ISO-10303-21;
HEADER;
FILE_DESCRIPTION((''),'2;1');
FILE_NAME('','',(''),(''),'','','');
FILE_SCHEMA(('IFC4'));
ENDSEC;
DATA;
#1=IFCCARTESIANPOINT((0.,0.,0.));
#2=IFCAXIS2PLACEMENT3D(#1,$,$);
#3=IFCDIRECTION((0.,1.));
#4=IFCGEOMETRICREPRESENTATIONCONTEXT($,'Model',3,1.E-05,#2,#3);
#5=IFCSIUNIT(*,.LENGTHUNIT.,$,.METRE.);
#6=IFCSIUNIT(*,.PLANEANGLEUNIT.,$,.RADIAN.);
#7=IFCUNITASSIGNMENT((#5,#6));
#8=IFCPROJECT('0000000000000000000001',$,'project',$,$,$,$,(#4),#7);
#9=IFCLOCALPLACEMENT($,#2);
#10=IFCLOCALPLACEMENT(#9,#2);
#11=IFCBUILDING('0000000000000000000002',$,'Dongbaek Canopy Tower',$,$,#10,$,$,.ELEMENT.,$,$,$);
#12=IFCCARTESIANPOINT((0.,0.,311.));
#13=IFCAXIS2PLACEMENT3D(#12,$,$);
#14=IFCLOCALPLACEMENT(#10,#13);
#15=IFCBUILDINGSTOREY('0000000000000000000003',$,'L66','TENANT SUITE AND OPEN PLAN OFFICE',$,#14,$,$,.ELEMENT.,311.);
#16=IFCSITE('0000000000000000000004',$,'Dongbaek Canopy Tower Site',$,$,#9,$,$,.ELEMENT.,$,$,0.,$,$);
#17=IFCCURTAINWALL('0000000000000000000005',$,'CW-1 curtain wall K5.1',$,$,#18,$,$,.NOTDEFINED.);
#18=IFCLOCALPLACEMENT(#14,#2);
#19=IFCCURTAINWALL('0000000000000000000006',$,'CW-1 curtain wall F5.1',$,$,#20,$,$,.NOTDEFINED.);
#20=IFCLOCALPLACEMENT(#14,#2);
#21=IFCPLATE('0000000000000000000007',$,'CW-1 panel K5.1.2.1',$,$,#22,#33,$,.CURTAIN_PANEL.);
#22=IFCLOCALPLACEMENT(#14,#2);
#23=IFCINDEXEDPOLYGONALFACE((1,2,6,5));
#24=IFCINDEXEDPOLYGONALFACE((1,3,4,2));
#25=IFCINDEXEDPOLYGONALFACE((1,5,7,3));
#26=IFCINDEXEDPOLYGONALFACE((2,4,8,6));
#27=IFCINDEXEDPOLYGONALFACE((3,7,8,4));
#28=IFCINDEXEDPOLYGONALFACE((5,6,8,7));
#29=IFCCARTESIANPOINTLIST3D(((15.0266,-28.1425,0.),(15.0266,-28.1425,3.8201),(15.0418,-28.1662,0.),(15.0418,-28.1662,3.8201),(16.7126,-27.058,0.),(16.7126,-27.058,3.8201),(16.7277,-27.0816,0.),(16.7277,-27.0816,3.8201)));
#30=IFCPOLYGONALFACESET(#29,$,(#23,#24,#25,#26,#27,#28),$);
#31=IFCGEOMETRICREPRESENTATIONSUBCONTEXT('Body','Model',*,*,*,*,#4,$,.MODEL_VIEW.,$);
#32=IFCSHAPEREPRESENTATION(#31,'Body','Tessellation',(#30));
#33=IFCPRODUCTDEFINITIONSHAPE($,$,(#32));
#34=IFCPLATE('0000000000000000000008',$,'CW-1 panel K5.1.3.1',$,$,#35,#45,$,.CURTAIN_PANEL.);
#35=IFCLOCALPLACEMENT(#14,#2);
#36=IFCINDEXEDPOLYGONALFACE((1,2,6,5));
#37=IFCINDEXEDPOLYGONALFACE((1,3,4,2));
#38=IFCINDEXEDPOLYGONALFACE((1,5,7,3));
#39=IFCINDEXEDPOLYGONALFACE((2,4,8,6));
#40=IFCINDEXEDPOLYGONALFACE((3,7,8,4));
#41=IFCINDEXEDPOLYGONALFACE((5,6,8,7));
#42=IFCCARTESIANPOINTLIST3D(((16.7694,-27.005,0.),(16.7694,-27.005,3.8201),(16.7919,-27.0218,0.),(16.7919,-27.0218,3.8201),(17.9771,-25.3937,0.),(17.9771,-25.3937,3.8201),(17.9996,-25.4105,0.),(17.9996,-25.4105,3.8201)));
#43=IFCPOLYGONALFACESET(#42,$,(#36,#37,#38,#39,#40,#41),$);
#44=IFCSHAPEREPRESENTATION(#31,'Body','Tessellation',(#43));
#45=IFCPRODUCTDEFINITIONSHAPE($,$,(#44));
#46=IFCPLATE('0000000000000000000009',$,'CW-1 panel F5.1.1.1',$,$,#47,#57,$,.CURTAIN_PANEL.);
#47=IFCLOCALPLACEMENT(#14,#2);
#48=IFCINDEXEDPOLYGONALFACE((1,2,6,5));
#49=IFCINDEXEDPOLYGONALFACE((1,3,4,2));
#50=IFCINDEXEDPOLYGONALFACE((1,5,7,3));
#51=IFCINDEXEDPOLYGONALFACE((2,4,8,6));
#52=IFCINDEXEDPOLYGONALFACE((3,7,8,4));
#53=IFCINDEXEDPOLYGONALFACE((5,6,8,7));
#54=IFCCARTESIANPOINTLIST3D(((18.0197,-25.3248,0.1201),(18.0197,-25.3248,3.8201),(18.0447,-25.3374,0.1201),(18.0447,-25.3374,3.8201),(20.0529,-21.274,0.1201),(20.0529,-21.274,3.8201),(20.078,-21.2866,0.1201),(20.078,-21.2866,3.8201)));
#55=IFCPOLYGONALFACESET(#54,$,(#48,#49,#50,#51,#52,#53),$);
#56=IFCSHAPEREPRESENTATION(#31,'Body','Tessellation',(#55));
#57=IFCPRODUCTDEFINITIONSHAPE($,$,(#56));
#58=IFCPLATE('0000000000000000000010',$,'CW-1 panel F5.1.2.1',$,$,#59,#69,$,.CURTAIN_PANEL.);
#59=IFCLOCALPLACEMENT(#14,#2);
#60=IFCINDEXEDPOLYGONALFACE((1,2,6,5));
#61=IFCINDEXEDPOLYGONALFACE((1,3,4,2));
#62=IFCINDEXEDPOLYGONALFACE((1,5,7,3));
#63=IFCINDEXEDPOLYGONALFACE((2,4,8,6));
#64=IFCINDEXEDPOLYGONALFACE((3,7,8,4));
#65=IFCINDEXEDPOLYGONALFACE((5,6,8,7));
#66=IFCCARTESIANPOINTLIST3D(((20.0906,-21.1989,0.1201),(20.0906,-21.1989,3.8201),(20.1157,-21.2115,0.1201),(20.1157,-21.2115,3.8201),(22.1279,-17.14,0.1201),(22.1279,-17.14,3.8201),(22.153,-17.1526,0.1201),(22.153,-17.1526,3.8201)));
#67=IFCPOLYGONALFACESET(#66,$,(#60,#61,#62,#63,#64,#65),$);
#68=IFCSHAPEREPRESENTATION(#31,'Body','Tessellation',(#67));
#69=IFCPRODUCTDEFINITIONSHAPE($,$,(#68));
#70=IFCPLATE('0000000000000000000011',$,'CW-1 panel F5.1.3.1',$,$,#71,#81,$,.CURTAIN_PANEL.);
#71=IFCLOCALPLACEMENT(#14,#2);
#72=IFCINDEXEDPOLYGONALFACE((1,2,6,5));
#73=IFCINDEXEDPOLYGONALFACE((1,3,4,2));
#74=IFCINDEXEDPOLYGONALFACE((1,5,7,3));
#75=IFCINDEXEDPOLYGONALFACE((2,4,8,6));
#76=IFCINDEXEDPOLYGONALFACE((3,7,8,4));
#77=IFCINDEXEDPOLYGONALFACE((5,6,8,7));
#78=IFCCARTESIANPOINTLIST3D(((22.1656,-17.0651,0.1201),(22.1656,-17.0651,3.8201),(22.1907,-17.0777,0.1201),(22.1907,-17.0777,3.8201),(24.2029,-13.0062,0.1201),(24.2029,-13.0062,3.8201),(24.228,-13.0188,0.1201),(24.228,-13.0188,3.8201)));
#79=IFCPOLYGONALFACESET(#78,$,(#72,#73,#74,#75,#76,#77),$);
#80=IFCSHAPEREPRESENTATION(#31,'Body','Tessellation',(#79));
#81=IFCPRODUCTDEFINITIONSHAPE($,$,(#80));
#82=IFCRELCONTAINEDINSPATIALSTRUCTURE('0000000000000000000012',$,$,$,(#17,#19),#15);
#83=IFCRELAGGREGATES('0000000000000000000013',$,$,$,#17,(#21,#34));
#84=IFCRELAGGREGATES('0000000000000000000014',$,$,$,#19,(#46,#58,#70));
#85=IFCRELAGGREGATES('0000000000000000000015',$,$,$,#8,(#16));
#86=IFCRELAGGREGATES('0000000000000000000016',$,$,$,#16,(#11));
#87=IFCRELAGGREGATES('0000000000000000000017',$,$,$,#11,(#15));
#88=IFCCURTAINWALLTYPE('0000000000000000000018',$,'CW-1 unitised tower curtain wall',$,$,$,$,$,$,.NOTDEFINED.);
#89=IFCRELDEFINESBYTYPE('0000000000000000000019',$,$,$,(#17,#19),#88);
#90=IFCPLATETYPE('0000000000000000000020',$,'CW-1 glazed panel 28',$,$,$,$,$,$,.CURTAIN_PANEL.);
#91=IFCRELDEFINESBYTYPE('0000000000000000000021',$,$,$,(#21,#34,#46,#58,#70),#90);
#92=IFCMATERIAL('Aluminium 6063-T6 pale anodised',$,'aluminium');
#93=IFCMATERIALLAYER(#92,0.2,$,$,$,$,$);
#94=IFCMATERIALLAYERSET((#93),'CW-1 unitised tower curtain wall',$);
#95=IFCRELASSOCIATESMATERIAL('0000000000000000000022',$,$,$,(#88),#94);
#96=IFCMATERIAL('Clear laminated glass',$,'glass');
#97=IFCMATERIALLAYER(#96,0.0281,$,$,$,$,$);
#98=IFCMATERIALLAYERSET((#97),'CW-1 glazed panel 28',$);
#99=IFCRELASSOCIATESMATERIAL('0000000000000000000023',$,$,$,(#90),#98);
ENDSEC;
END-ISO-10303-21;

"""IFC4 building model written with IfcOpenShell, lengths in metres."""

from ifc_helpers import new_model, si_unit, direction, frame, origin, origin_2d, place, context, subcontext, project, spatial, rectangle, extrude, material, layer, layer_set, type_object, element, aggregate, save


model = new_model("IFC4")

# Units and contexts
model_context = context("Model", 3, precision=1e-05, world=origin(), true_north=direction((0.0, 1.0)))
body_context = subcontext(model_context, "Body", "Model", "MODEL_VIEW")
ifc_project = project(units=[si_unit("LENGTHUNIT", "METRE"), si_unit("PLANEANGLEUNIT", "RADIAN")], contexts=[model_context])

# Site, building, storey
site_placement = place(None, origin())
site = spatial("IfcSite", under=ifc_project, at=site_placement, Name="Dongbaek Canopy Tower Site", CompositionType="ELEMENT", RefElevation=0.0)
building_placement = place(site_placement, origin())
building = spatial("IfcBuilding", under=site, at=building_placement, Name="Dongbaek Canopy Tower", CompositionType="ELEMENT")
storey_placement = place(building_placement, frame((0.0, 0.0, 311.0)))
storey = spatial("IfcBuildingStorey", under=building, at=storey_placement, Name="L66", Description="TENANT SUITE AND OPEN PLAN OFFICE", CompositionType="ELEMENT", Elevation=311.0)

# Curtain walls
ifc_material_1 = material(Name="Aluminium 6063-T6 pale anodised", Category="aluminium")
ifc_layer_1 = layer(ifc_material_1, 0.2)
ifc_layer_set_1 = layer_set([ifc_layer_1], Name="CW-1 unitised tower curtain wall")
curtain_wall_type = type_object("IfcCurtainWallType", Name="CW-1 unitised tower curtain wall", PredefinedType="NOTDEFINED", material=ifc_layer_set_1)
curtain_wall_1_placement = place(storey_placement, origin())
curtain_wall_1 = element("IfcCurtainWall", 1, at=curtain_wall_1_placement, inside=storey, type_object=curtain_wall_type, Name="CW-1 curtain wall K5.1", PredefinedType="NOTDEFINED")
curtain_wall_2_placement = place(storey_placement, origin())
curtain_wall_2 = element("IfcCurtainWall", 2, at=curtain_wall_2_placement, inside=storey, type_object=curtain_wall_type, Name="CW-1 curtain wall F5.1", PredefinedType="NOTDEFINED")

# Plates
ifc_material_2 = material(Name="Clear laminated glass", Category="glass")
ifc_layer_2 = layer(ifc_material_2, 0.0281)
ifc_layer_set_2 = layer_set([ifc_layer_2], Name="CW-1 glazed panel 28")
plate_type = type_object("IfcPlateType", Name="CW-1 glazed panel 28", PredefinedType="CURTAIN_PANEL", material=ifc_layer_set_2)
plate_1_placement = place(storey_placement, frame((15.8772, -27.6121, 0.0), z_axis=(0.0, 0.0, 1.0), x_axis=(0.841004, 0.541029, 0.0)))
plate_1 = element("IfcPlate", 3, at=plate_1_placement, type_object=plate_type, Name="CW-1 panel K5.1.2.1", PredefinedType="CURTAIN_PANEL", context=body_context, shape_type="SweptSolid", body=[
    extrude(rectangle(XDim=2.0046, YDim=0.0281, at=origin_2d()), origin(), (0.0, 0.0, 1.0), 3.8201),
])
plate_2_placement = place(storey_placement, frame((17.3845, -26.2078, 0.0), z_axis=(0.0, 0.0, 1.0), x_axis=(0.59974, 0.800195, 0.0)))
plate_2 = element("IfcPlate", 4, at=plate_2_placement, type_object=plate_type, Name="CW-1 panel K5.1.3.1", PredefinedType="CURTAIN_PANEL", context=body_context, shape_type="SweptSolid", body=[
    extrude(rectangle(XDim=2.0137, YDim=0.0281, at=origin_2d()), origin(), (0.0, 0.0, 1.0), 3.8201),
])
aggregate(curtain_wall_1, [plate_1, plate_2])
plate_3_placement = place(storey_placement, frame((19.0488, -23.3057, 0.1201), z_axis=(0.0, 0.0, 1.0), x_axis=(0.448598, 0.893733, 0.0)))
plate_3 = element("IfcPlate", 5, at=plate_3_placement, type_object=plate_type, Name="CW-1 panel F5.1.1.1", PredefinedType="CURTAIN_PANEL", context=body_context, shape_type="SweptSolid", body=[
    extrude(rectangle(XDim=4.5325, YDim=0.0281, at=origin_2d()), origin(), (0.0, 0.0, 1.0), 3.7),
])
plate_4_placement = place(storey_placement, frame((21.1218, -19.1758, 0.1201), z_axis=(0.0, 0.0, 1.0), x_axis=(0.448598, 0.893733, 0.0)))
plate_4 = element("IfcPlate", 6, at=plate_4_placement, type_object=plate_type, Name="CW-1 panel F5.1.2.1", PredefinedType="CURTAIN_PANEL", context=body_context, shape_type="SweptSolid", body=[
    extrude(rectangle(XDim=4.5415, YDim=0.0281, at=origin_2d()), origin(), (0.0, 0.0, 1.0), 3.7),
])
plate_5_placement = place(storey_placement, frame((23.1968, -15.042, 0.1201), z_axis=(0.0, 0.0, 1.0), x_axis=(0.448598, 0.893733, 0.0)))
plate_5 = element("IfcPlate", 7, at=plate_5_placement, type_object=plate_type, Name="CW-1 panel F5.1.3.1", PredefinedType="CURTAIN_PANEL", context=body_context, shape_type="SweptSolid", body=[
    extrude(rectangle(XDim=4.5415, YDim=0.0281, at=origin_2d()), origin(), (0.0, 0.0, 1.0), 3.7),
])

aggregate(curtain_wall_2, [plate_3, plate_4, plate_5])

save(model, "model.ifc")
